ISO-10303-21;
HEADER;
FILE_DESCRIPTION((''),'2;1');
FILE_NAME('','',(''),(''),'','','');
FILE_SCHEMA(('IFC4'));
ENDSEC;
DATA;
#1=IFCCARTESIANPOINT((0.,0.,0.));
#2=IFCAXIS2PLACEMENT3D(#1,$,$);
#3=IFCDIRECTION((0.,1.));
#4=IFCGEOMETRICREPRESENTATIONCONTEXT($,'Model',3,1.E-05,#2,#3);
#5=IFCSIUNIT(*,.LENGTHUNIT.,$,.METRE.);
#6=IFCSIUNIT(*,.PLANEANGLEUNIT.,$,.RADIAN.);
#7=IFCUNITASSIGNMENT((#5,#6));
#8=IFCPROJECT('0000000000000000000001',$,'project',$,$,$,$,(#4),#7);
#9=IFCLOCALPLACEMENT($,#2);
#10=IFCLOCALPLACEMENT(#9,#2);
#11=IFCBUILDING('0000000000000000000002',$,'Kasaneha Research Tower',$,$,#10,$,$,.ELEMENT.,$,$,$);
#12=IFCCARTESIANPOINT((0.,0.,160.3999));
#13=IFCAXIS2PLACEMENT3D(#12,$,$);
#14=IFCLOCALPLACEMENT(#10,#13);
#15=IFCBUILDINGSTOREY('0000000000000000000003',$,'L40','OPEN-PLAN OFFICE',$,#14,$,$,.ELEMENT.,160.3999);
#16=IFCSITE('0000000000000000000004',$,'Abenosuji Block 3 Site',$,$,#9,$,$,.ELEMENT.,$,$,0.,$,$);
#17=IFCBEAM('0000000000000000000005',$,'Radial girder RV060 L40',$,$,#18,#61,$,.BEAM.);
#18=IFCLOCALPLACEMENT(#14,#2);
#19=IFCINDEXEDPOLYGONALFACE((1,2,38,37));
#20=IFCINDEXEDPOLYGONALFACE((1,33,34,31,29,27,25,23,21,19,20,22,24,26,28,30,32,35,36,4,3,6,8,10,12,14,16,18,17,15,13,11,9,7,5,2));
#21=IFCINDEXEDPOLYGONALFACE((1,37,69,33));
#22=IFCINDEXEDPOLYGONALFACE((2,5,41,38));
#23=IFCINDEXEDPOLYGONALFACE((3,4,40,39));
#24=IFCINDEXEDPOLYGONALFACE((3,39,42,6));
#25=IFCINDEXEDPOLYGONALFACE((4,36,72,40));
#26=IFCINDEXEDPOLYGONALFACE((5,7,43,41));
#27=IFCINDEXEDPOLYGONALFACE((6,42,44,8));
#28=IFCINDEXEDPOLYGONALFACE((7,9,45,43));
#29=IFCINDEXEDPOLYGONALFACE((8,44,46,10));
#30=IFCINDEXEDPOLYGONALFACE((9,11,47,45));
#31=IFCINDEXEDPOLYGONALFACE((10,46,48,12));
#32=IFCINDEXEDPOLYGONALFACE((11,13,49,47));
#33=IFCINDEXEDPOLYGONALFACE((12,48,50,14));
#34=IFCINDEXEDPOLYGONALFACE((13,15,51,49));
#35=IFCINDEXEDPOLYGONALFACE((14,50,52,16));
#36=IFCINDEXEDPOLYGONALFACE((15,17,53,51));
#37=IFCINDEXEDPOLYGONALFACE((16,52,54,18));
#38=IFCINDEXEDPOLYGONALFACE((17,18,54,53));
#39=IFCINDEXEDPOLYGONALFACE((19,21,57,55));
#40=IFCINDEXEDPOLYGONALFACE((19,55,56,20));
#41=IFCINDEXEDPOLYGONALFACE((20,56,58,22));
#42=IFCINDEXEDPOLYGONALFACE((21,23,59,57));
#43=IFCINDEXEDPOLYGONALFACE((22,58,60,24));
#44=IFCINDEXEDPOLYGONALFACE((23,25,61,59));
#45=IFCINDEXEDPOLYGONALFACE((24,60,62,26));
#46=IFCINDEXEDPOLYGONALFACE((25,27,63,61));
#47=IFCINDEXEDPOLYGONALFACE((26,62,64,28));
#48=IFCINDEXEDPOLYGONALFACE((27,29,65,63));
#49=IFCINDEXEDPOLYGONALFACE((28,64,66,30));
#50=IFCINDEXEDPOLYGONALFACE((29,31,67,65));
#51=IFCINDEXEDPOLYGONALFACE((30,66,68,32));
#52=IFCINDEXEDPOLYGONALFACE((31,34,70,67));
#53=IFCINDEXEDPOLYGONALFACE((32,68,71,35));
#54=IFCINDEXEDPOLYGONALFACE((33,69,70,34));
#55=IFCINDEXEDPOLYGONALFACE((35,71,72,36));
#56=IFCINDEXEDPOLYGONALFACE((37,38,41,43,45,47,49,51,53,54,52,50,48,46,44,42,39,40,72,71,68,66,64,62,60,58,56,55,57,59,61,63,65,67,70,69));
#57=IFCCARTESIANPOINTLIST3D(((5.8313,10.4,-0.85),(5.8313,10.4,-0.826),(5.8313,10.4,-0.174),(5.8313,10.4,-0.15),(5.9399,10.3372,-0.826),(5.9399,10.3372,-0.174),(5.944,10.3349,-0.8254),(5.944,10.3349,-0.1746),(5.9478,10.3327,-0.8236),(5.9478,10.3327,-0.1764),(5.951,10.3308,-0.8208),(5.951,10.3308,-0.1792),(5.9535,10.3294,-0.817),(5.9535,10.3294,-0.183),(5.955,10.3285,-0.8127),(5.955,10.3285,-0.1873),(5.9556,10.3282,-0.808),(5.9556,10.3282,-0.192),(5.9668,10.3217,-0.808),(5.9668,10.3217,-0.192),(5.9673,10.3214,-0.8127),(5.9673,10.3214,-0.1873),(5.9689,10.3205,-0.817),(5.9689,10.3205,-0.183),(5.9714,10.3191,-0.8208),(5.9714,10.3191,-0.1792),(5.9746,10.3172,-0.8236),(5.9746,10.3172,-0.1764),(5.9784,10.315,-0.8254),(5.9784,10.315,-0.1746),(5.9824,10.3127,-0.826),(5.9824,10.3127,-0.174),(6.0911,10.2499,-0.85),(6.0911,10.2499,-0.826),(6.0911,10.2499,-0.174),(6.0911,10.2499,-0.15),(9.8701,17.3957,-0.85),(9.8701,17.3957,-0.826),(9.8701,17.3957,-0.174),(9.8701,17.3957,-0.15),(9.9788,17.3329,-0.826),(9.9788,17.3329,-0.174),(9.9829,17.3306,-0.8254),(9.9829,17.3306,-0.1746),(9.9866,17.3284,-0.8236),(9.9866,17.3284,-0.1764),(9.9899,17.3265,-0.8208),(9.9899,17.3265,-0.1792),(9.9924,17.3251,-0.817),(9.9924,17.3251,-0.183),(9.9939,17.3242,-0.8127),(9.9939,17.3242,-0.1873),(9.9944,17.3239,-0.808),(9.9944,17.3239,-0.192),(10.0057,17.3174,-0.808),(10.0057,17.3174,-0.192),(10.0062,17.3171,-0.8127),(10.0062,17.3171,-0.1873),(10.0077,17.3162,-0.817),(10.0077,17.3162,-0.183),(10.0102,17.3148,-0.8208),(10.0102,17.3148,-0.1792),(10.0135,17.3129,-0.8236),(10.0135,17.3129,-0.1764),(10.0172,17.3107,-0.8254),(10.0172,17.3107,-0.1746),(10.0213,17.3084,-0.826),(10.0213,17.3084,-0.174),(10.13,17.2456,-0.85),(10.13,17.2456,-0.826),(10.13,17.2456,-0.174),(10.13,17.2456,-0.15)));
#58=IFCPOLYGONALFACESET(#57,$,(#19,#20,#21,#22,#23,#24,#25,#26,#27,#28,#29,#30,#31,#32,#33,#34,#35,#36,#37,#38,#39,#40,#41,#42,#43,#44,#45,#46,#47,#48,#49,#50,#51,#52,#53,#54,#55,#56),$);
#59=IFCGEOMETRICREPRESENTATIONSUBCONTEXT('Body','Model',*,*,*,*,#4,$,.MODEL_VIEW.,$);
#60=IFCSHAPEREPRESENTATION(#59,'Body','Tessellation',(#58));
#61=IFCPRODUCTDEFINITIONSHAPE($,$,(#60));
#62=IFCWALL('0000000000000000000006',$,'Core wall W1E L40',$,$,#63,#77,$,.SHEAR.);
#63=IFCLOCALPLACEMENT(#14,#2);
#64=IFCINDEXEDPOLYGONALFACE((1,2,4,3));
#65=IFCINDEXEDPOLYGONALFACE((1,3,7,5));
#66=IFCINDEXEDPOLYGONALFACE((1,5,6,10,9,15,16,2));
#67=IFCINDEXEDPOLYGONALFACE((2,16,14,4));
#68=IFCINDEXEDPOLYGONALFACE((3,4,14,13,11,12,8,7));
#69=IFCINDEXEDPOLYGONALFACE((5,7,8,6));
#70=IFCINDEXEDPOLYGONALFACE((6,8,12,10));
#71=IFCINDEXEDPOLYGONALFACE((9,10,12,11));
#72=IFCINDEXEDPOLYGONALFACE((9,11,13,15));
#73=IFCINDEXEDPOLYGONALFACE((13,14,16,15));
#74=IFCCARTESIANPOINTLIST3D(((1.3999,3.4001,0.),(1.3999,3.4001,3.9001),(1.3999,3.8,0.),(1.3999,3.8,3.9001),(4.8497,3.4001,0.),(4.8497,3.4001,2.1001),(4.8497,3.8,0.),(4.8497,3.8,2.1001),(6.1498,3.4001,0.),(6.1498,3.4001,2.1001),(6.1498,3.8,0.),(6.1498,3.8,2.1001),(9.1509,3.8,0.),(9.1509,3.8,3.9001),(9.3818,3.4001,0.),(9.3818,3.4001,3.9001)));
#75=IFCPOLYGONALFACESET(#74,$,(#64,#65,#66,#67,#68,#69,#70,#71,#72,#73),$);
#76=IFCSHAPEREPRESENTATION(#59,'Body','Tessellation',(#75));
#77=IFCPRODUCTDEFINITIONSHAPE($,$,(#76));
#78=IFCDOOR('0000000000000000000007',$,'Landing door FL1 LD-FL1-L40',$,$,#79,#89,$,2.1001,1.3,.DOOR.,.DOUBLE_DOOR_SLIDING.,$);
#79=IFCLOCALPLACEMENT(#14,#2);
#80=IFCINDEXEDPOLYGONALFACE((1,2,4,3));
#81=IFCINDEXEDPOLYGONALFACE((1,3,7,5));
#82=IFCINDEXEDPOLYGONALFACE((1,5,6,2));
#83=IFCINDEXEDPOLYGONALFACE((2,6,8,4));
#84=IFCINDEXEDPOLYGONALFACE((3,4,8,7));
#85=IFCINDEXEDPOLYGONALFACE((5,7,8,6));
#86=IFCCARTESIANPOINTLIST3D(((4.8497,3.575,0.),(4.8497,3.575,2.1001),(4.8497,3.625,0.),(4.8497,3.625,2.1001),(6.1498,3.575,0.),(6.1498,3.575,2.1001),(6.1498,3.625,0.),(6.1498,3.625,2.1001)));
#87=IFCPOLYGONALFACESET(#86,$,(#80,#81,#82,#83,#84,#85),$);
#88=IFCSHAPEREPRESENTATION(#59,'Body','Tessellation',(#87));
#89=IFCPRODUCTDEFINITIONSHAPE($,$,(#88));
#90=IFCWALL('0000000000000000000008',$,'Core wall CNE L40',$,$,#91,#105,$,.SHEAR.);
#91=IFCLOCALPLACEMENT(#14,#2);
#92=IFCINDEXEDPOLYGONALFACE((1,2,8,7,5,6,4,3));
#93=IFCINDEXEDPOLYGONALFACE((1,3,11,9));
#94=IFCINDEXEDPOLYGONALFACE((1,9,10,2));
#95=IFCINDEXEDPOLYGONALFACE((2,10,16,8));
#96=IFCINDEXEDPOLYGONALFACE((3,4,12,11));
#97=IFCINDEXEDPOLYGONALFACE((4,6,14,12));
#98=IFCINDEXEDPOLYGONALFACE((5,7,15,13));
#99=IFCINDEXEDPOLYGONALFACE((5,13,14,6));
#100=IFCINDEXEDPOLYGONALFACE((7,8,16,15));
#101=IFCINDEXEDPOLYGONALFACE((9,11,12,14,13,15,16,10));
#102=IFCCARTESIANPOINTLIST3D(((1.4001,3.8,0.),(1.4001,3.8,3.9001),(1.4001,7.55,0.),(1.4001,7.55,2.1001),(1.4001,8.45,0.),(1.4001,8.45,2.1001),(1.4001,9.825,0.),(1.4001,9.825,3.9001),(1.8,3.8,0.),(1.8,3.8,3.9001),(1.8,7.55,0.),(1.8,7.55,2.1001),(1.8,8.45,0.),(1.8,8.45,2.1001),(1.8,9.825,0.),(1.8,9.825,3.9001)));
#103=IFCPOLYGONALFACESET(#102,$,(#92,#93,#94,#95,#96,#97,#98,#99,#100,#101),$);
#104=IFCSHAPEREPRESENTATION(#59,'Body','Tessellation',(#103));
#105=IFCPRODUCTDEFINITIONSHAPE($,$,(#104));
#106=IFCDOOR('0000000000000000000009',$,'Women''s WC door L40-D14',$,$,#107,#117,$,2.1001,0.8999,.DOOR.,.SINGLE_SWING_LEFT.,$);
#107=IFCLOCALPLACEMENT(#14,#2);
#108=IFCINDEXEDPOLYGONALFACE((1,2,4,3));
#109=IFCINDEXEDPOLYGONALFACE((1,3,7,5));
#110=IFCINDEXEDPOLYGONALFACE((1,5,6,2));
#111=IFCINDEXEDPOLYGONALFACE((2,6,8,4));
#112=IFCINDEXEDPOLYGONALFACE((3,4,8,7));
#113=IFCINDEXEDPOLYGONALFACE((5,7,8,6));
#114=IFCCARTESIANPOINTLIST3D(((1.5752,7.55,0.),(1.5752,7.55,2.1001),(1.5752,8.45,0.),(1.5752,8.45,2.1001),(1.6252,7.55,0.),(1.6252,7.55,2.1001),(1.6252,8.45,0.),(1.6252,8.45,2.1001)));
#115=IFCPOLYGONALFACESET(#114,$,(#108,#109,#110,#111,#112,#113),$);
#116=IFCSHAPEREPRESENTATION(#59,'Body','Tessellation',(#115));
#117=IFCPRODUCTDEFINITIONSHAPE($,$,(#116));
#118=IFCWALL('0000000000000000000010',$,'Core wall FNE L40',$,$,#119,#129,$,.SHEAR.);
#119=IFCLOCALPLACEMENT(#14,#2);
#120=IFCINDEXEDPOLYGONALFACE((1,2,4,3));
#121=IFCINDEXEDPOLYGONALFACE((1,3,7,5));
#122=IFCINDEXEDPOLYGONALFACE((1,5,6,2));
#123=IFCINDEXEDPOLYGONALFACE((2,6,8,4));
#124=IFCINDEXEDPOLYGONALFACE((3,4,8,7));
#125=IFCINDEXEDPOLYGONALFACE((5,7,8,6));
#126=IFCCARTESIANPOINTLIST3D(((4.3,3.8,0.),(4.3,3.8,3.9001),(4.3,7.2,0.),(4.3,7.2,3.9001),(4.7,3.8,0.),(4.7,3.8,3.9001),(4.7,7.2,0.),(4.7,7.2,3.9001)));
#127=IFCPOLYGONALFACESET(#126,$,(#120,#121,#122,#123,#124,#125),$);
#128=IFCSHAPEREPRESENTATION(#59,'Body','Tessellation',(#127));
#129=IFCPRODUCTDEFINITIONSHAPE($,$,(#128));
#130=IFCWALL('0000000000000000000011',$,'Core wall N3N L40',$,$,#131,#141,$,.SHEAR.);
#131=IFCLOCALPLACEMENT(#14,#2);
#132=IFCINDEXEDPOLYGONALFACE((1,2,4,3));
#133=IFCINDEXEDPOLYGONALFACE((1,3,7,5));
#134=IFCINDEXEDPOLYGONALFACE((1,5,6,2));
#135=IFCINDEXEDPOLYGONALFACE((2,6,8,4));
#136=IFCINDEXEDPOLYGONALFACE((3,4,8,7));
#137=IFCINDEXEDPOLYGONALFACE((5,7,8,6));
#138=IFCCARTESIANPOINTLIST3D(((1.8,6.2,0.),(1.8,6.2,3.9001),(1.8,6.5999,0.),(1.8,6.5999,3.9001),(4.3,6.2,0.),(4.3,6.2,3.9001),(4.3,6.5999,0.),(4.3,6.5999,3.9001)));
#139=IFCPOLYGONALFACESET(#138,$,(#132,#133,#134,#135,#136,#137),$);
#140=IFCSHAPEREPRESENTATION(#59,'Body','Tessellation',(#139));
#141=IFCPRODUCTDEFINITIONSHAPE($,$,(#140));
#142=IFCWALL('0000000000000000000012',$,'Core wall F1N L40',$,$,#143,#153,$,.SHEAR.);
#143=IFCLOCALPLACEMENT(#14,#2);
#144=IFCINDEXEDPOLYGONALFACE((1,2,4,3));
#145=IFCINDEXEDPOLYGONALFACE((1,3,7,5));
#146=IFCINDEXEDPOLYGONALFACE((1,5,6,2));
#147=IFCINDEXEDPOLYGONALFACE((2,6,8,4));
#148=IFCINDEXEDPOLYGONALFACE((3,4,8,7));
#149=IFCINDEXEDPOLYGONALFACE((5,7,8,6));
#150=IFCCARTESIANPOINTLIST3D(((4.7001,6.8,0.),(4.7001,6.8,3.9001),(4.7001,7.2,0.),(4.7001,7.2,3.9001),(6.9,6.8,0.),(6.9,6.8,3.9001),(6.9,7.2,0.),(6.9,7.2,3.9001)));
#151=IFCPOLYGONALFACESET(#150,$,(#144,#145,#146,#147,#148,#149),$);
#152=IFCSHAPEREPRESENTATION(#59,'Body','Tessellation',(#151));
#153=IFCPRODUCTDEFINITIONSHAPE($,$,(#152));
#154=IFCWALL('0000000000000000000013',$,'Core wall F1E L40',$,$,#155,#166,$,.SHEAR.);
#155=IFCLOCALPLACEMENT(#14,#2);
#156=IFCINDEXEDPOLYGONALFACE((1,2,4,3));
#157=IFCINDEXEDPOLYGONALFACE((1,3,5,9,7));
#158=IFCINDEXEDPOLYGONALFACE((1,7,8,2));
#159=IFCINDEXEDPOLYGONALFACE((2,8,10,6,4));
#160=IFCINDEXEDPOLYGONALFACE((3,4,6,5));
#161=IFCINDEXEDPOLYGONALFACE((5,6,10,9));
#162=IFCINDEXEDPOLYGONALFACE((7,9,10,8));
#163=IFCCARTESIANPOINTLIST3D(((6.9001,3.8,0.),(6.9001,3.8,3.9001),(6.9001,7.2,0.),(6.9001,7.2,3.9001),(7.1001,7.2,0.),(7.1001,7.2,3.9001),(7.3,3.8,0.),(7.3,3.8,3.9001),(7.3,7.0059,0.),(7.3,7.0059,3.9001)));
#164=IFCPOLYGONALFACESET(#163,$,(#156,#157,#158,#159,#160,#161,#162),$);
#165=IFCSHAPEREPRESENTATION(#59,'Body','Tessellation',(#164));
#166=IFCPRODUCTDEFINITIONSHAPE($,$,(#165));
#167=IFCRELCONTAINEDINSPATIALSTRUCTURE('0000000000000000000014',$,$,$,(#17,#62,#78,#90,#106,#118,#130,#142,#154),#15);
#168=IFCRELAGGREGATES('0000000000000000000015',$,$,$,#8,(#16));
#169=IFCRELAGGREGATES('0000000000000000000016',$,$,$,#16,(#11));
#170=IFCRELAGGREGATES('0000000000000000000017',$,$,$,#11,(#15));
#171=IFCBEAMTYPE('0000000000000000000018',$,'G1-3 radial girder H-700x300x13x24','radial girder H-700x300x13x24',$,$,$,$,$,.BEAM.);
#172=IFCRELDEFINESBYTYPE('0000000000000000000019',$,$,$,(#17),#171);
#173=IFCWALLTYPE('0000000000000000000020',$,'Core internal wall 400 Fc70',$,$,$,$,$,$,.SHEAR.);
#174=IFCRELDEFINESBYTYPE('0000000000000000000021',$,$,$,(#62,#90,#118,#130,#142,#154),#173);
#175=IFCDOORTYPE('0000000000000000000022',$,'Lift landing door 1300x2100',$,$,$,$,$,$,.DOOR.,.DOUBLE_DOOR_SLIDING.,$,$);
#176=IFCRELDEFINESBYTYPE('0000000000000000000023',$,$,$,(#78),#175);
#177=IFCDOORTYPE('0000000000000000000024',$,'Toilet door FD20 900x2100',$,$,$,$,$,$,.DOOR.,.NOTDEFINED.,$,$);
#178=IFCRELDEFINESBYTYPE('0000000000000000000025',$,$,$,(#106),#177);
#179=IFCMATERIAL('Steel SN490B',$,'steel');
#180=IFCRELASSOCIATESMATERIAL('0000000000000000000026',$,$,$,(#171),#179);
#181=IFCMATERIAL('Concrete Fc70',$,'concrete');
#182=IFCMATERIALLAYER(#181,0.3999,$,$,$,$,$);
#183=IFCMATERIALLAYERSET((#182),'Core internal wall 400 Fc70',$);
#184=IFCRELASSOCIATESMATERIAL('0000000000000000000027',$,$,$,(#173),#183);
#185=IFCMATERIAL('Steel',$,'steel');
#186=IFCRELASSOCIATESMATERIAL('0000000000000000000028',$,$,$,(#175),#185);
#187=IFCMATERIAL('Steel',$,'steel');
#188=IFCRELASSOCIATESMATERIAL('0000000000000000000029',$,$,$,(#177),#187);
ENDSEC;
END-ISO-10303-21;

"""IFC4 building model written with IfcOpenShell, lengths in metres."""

from ifc_helpers import new_model, si_unit, direction, frame, frame_2d, origin, origin_2d, place, context, subcontext, project, spatial, polyline, rectangle, i_section, outline, extrude, material, layer, layer_set, material_profile, profile_set, type_object, element, fill, save


model = new_model("IFC4")

# Units and contexts
model_context = context("Model", 3, precision=1e-05, world=origin(), true_north=direction((0.0, 1.0)))
body_context = subcontext(model_context, "Body", "Model", "MODEL_VIEW")
ifc_project = project(units=[si_unit("LENGTHUNIT", "METRE"), si_unit("PLANEANGLEUNIT", "RADIAN")], contexts=[model_context])

# Site, building, storey
site_placement = place(None, origin())
site = spatial("IfcSite", under=ifc_project, at=site_placement, Name="Abenosuji Block 3 Site", CompositionType="ELEMENT", RefElevation=0.0)
building_placement = place(site_placement, origin())
building = spatial("IfcBuilding", under=site, at=building_placement, Name="Kasaneha Research Tower", CompositionType="ELEMENT")
storey_placement = place(building_placement, frame((0.0, 0.0, 160.3999)))
storey = spatial("IfcBuildingStorey", under=building, at=storey_placement, Name="L40", Description="OPEN-PLAN OFFICE", CompositionType="ELEMENT", Elevation=160.3999)

# Beam
ifc_material_1 = material(Name="Steel SN490B", Category="steel")
ifc_material_profile = material_profile(ifc_material_1, i_section(OverallWidth=0.3, OverallDepth=0.7, WebThickness=0.0129, FlangeThickness=0.0239, FilletRadius=0.0181, at=origin_2d()), Name="H-700x300x13x24")
ifc_profile_set = profile_set([ifc_material_profile], Name="Steel SN490B")
beam_type = type_object("IfcBeamType", Name="G1-3 radial girder H-700x300x13x24", Description="radial girder H-700x300x13x24", PredefinedType="BEAM", material=ifc_profile_set)
beam_placement = place(storey_placement, frame((5.9612, 10.325, -0.5), z_axis=(0.499991, 0.866031, 0.0), x_axis=(-0.866031, 0.499991, 0.0)))
element("IfcBeam", 1, at=beam_placement, inside=storey, type_object=beam_type, Name="Radial girder RV060 L40", PredefinedType="BEAM", context=body_context, shape_type="SweptSolid", body=[
    extrude(i_section(OverallWidth=0.3, OverallDepth=0.7, WebThickness=0.0129, FlangeThickness=0.0239, FilletRadius=0.0181, at=origin_2d()), origin(), (0.0, 0.0, 1.0), 8.0779),
])

# Walls, openings, doors
ifc_material_2 = material(Name="Concrete Fc70", Category="concrete")
ifc_layer_1 = layer(ifc_material_2, 0.3999)
ifc_layer_set_1 = layer_set([ifc_layer_1], Name="Core internal wall 400 Fc70")
wall_type_1 = type_object("IfcWallType", Name="Core internal wall 400 Fc70", PredefinedType="SHEAR", material=ifc_layer_set_1)
wall_1_placement = place(storey_placement, frame((1.3999, 3.6001, 0.0), z_axis=(0.0, 0.0, 1.0), x_axis=(1.0, 0.0, 0.0)))
wall_1 = element("IfcWall", 2, at=wall_1_placement, inside=storey, type_object=wall_type_1, Name="Core wall W1E L40", PredefinedType="SHEAR", context=body_context, shape_type="SweptSolid", body=[
    extrude(outline(polyline([(0.0, -0.2), (3.45, -0.2), (4.75, -0.2), (7.9819, -0.2), (7.751, 0.2), (4.75, 0.2), (3.45, 0.2), (0.0, 0.2), (0.0, -0.2)])), origin(), (0.0, 0.0, 1.0), 3.9001),
])
opening_1_placement = place(wall_1_placement, frame((3.45, 0.0, 0.0)))
opening_1 = element("IfcOpeningElement", 3, at=opening_1_placement, cuts=wall_1, PredefinedType="OPENING", context=body_context, shape_type="SweptSolid", body=[
    extrude(rectangle(XDim=1.3, YDim=2.1001, at=frame_2d((0.6499, 1.05))), frame((0.0, 0.21, 0.0), z_axis=(0.0, -1.0, 0.0), x_axis=(1.0, 0.0, 0.0)), (0.0, 0.0, 1.0), 0.4199),
])
ifc_material_3 = material(Name="Steel", Category="steel")
door_type_1 = type_object("IfcDoorType", Name="Lift landing door 1300x2100", OperationType="DOUBLE_DOOR_SLIDING", PredefinedType="DOOR", material=ifc_material_3)
door_1_placement = place(opening_1_placement, origin())
door_1 = element("IfcDoor", 4, at=door_1_placement, inside=storey, type_object=door_type_1, Name="Landing door FL1 LD-FL1-L40", OperationType="DOUBLE_DOOR_SLIDING", OverallHeight=2.1001, OverallWidth=1.3, PredefinedType="DOOR", context=body_context, shape_type="SweptSolid", body=[
    extrude(rectangle(XDim=1.3, YDim=2.1001, at=frame_2d((0.6499, 1.05))), frame((0.0, 0.0249, 0.0), z_axis=(0.0, -1.0, 0.0), x_axis=(1.0, 0.0, 0.0)), (0.0, 0.0, 1.0), 0.05),
])
fill(opening_1, door_1)
wall_2_placement = place(storey_placement, frame((1.6001, 3.8, 0.0), z_axis=(0.0, 0.0, 1.0), x_axis=(0.0, 1.0, 0.0)))
wall_2 = element("IfcWall", 5, at=wall_2_placement, inside=storey, type_object=wall_type_1, Name="Core wall CNE L40", PredefinedType="SHEAR", context=body_context, shape_type="SweptSolid", body=[
    extrude(rectangle(XDim=6.0249, YDim=0.3999, at=frame_2d((3.0125, 0.0))), origin(), (0.0, 0.0, 1.0), 3.9001),
])
opening_2_placement = place(wall_2_placement, frame((3.75, 0.0, 0.0)))
opening_2 = element("IfcOpeningElement", 6, at=opening_2_placement, cuts=wall_2, PredefinedType="OPENING", context=body_context, shape_type="SweptSolid", body=[
    extrude(rectangle(XDim=0.8999, YDim=2.1001, at=frame_2d((0.45, 1.05))), frame((0.0, 0.21, 0.0), z_axis=(0.0, -1.0, 0.0), x_axis=(1.0, 0.0, 0.0)), (0.0, 0.0, 1.0), 0.4199),
])
ifc_material_4 = material(Name="Steel", Category="steel")
door_type_2 = type_object("IfcDoorType", Name="Toilet door FD20 900x2100", OperationType="NOTDEFINED", PredefinedType="DOOR", material=ifc_material_4)
door_2_placement = place(opening_2_placement, origin())
door_2 = element("IfcDoor", 7, at=door_2_placement, inside=storey, type_object=door_type_2, Name="Women's WC door L40-D14", OperationType="SINGLE_SWING_LEFT", OverallHeight=2.1001, OverallWidth=0.8999, PredefinedType="DOOR", context=body_context, shape_type="SweptSolid", body=[
    extrude(rectangle(XDim=0.8999, YDim=2.1001, at=frame_2d((0.45, 1.05))), frame((0.0, 0.0249, 0.0), z_axis=(0.0, -1.0, 0.0), x_axis=(1.0, 0.0, 0.0)), (0.0, 0.0, 1.0), 0.05),
])
fill(opening_2, door_2)

# Walls
wall_3_placement = place(storey_placement, frame((4.5, 3.8, 0.0), z_axis=(0.0, 0.0, 1.0), x_axis=(0.0, 1.0, 0.0)))
element("IfcWall", 8, at=wall_3_placement, inside=storey, type_object=wall_type_1, Name="Core wall FNE L40", PredefinedType="SHEAR", context=body_context, shape_type="SweptSolid", body=[
    extrude(rectangle(XDim=3.3999, YDim=0.3999, at=frame_2d((1.7, 0.0))), origin(), (0.0, 0.0, 1.0), 3.9001),
])
wall_4_placement = place(storey_placement, frame((1.8, 6.3999, 0.0), z_axis=(0.0, 0.0, 1.0), x_axis=(1.0, 0.0, 0.0)))
element("IfcWall", 9, at=wall_4_placement, inside=storey, type_object=wall_type_1, Name="Core wall N3N L40", PredefinedType="SHEAR", context=body_context, shape_type="SweptSolid", body=[
    extrude(rectangle(XDim=2.5, YDim=0.3999, at=frame_2d((1.25, 0.0))), origin(), (0.0, 0.0, 1.0), 3.9001),
])
wall_5_placement = place(storey_placement, frame((4.7, 7.0, 0.0), z_axis=(0.0, 0.0, 1.0), x_axis=(1.0, 0.0, 0.0)))
element("IfcWall", 10, at=wall_5_placement, inside=storey, type_object=wall_type_1, Name="Core wall F1N L40", PredefinedType="SHEAR", context=body_context, shape_type="SweptSolid", body=[
    extrude(rectangle(XDim=2.2, YDim=0.3999, at=frame_2d((1.1001, 0.0))), origin(), (0.0, 0.0, 1.0), 3.9001),
])
wall_6_placement = place(storey_placement, frame((7.1001, 3.8, 0.0), z_axis=(0.0, 0.0, 1.0), x_axis=(0.0, 1.0, 0.0)))
element("IfcWall", 11, at=wall_6_placement, inside=storey, type_object=wall_type_1, Name="Core wall F1E L40", PredefinedType="SHEAR", context=body_context, shape_type="SweptSolid", body=[
    extrude(outline(polyline([(0.0, -0.2), (3.2058, -0.2), (3.3999, 0.0), (3.3999, 0.2), (0.0, 0.2), (0.0, -0.2)])), origin(), (0.0, 0.0, 1.0), 3.9001),
])

save(model, "model.ifc")
